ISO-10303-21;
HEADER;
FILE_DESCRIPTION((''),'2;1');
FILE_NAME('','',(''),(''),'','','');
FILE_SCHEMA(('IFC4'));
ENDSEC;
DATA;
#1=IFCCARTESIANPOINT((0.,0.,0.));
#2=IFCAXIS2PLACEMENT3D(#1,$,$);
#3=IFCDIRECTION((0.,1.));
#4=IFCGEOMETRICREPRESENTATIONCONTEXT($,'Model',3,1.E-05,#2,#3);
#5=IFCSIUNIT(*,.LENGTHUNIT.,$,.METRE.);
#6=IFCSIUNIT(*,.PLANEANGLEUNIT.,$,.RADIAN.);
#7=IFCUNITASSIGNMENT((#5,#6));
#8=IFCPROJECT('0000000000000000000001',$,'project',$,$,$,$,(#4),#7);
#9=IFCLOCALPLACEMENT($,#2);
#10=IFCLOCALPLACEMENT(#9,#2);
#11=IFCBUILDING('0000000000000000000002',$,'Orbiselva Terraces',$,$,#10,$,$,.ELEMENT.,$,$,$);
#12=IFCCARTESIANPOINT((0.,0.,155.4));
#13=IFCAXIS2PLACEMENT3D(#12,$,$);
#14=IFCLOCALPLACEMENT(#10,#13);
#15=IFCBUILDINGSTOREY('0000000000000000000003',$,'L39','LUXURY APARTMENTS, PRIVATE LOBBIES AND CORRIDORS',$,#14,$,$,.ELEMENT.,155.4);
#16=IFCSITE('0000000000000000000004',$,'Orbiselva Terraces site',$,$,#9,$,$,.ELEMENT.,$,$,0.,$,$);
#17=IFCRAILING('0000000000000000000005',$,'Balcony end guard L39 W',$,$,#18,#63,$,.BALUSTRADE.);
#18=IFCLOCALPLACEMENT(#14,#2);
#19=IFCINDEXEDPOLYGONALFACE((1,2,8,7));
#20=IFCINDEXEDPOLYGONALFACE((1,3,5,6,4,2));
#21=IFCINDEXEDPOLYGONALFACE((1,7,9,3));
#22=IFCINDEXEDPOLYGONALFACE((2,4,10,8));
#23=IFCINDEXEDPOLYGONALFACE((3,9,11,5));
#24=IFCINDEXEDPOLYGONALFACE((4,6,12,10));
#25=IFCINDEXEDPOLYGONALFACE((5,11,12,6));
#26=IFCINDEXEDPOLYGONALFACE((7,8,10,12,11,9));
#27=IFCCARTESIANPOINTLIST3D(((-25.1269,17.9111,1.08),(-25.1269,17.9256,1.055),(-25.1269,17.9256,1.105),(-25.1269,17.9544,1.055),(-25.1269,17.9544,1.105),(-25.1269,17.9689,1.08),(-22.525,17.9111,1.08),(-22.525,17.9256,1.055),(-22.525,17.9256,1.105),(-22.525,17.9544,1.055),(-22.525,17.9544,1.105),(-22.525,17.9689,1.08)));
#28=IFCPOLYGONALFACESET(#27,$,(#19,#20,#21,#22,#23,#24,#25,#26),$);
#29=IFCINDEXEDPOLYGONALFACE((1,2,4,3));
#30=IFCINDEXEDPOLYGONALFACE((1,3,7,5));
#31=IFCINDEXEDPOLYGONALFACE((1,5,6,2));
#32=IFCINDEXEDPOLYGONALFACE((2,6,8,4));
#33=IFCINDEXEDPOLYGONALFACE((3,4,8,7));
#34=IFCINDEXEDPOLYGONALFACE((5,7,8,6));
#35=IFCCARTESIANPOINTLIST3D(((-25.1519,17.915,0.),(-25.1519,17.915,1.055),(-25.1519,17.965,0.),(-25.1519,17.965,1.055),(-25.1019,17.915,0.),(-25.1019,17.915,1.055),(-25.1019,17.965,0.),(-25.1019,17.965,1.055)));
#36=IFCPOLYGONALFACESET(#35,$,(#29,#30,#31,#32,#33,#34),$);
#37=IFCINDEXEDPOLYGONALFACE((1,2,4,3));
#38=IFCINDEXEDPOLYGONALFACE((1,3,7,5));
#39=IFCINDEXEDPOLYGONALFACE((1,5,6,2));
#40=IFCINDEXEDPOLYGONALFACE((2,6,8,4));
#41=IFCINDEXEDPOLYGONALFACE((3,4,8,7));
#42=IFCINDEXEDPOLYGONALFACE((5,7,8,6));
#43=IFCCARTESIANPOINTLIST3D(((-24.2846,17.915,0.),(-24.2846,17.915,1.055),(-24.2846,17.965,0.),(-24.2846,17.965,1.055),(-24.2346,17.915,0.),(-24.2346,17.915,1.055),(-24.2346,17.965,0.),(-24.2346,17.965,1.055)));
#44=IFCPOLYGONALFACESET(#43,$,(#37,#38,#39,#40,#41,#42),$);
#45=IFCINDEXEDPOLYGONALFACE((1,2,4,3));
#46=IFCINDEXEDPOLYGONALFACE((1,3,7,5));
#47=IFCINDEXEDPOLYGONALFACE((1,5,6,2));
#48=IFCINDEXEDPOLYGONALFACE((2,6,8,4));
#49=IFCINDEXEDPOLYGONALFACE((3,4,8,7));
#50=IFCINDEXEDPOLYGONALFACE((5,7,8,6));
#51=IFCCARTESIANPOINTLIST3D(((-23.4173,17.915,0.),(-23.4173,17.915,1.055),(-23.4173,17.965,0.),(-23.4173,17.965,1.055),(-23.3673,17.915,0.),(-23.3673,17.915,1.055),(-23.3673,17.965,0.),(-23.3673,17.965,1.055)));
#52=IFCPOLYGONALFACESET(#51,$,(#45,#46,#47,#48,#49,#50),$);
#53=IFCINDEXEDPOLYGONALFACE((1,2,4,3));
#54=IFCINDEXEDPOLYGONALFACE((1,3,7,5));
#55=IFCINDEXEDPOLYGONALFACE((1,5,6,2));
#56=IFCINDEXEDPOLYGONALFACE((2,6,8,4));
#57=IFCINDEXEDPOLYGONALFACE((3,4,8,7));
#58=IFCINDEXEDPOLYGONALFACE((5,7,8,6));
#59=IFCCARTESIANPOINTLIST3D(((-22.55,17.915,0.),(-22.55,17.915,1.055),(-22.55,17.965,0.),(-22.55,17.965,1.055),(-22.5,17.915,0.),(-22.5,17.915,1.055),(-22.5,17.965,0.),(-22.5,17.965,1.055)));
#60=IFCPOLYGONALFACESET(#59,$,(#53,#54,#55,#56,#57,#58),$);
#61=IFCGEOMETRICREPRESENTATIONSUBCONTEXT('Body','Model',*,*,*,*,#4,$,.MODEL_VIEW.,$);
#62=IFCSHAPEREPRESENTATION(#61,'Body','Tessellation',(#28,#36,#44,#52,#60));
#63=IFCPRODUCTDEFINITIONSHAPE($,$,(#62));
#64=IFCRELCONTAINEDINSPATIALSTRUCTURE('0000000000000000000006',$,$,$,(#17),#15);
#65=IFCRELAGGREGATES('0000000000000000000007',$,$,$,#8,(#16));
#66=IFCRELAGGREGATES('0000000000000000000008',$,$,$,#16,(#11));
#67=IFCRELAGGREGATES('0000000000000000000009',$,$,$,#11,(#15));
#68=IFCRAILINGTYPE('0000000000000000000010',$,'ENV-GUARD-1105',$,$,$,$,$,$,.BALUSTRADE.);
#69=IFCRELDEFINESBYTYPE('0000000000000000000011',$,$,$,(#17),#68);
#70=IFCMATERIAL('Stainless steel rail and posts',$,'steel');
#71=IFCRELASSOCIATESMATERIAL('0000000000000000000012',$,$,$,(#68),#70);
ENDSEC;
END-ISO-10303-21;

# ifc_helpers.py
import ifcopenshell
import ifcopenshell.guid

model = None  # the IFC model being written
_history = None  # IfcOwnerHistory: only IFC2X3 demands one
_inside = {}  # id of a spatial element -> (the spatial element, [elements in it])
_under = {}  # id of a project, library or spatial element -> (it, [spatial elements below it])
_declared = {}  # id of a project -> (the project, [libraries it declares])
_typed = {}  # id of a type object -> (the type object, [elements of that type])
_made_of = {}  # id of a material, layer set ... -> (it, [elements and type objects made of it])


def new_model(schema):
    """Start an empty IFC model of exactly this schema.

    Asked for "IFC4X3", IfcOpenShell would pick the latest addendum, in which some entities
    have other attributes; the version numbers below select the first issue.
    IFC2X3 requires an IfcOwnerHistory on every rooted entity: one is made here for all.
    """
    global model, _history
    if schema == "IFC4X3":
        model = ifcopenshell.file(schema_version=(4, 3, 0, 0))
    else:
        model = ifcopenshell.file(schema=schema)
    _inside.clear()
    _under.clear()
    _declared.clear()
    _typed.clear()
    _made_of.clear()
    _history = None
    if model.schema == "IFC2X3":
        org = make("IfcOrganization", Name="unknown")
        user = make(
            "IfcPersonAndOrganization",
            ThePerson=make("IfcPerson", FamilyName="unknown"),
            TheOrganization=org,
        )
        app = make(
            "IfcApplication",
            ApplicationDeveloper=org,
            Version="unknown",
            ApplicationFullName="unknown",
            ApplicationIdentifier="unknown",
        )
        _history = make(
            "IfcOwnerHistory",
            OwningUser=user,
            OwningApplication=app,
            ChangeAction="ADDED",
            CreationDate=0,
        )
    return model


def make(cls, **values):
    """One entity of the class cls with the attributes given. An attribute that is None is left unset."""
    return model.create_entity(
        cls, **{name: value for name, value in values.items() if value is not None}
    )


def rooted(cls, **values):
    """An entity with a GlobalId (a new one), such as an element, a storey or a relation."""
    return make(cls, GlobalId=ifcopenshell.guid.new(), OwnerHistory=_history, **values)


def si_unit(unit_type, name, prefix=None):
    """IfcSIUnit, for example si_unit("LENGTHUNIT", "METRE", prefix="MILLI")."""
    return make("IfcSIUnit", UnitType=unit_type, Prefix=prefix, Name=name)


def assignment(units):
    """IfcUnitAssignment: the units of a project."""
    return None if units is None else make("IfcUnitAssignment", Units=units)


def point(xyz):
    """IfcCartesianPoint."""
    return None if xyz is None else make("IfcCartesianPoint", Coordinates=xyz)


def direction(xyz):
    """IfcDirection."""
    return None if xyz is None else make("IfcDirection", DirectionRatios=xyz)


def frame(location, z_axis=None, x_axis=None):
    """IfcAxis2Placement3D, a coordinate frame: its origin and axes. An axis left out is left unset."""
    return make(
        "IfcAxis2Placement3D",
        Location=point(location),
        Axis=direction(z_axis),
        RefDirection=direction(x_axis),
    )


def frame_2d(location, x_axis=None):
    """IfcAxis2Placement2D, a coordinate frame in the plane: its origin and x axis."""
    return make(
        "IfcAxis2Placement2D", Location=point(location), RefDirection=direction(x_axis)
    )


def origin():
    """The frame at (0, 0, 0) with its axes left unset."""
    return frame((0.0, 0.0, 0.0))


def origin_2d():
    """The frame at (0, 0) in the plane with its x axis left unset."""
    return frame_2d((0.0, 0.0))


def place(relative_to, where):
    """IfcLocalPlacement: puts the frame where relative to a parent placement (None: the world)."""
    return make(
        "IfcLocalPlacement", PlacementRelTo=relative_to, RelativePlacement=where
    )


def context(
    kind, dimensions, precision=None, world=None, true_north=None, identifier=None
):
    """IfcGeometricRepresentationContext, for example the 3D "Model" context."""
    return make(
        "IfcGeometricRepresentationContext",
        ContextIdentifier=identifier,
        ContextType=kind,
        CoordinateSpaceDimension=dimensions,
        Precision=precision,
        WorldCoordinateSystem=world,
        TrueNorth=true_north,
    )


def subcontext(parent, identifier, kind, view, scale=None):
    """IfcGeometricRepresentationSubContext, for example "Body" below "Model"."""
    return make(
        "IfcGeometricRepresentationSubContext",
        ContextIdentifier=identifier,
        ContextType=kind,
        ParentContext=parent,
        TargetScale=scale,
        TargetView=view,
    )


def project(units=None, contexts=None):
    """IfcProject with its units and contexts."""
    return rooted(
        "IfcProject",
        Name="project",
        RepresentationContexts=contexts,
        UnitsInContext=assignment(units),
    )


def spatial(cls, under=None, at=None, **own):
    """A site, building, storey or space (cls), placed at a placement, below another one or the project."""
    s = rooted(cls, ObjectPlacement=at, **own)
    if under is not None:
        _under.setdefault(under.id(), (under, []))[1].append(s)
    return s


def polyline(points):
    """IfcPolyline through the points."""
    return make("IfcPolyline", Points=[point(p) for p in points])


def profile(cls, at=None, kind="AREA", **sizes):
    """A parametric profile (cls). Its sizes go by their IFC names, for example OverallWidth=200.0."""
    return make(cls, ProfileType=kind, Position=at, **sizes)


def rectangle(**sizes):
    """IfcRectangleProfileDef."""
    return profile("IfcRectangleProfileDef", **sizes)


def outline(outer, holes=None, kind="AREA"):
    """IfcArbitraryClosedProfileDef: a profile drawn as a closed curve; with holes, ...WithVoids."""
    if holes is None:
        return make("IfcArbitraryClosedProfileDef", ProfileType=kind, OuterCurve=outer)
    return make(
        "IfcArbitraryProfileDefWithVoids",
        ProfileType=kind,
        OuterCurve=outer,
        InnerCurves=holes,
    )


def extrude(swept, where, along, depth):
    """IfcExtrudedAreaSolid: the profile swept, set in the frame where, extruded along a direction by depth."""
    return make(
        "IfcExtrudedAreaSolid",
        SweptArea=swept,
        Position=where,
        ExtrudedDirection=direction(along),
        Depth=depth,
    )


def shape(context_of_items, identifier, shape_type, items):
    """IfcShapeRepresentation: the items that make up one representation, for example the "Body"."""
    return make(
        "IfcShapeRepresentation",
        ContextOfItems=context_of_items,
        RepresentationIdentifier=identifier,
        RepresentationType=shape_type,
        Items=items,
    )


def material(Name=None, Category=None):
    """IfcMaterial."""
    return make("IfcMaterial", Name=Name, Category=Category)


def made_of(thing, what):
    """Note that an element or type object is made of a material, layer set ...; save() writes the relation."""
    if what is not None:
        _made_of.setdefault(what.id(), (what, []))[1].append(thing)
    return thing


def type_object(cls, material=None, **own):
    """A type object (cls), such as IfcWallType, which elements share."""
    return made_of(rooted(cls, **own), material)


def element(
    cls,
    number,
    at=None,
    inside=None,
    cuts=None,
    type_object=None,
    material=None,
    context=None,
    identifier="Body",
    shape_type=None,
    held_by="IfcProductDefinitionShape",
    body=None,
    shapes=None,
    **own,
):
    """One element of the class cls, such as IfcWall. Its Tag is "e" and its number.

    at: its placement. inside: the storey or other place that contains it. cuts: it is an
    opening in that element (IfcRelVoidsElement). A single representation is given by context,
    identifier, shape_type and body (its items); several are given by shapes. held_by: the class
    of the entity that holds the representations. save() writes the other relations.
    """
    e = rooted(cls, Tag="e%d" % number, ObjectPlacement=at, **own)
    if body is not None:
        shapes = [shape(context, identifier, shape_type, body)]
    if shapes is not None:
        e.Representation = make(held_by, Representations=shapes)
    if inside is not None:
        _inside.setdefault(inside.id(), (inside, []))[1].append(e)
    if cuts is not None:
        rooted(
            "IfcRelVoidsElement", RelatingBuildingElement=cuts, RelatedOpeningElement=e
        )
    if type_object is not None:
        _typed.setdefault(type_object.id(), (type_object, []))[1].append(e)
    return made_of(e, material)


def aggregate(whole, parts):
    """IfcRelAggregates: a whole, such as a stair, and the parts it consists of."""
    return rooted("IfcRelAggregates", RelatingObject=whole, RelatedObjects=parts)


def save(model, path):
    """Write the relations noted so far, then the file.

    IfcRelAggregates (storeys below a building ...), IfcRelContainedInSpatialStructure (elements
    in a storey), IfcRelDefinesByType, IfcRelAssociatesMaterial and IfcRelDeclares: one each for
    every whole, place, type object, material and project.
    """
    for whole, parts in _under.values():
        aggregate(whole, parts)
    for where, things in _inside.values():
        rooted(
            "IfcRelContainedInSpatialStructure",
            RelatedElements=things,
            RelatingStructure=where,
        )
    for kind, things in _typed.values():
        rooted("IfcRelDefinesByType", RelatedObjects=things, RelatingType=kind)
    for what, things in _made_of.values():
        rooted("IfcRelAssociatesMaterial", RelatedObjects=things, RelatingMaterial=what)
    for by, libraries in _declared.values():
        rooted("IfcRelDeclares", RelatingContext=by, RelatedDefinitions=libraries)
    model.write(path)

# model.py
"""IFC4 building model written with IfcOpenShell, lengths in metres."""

from ifc_helpers import new_model, si_unit, direction, frame, origin, origin_2d, place, context, subcontext, project, spatial, polyline, rectangle, outline, extrude, material, type_object, element, save


model = new_model("IFC4")

# Units and contexts
model_context = context("Model", 3, precision=1e-05, world=origin(), true_north=direction((0.0, 1.0)))
body_context = subcontext(model_context, "Body", "Model", "MODEL_VIEW")
ifc_project = project(units=[si_unit("LENGTHUNIT", "METRE"), si_unit("PLANEANGLEUNIT", "RADIAN")], contexts=[model_context])

# Site, building, storey
site_placement = place(None, origin())
site = spatial("IfcSite", under=ifc_project, at=site_placement, Name="Orbiselva Terraces site", CompositionType="ELEMENT", RefElevation=0.0)
building_placement = place(site_placement, origin())
building = spatial("IfcBuilding", under=site, at=building_placement, Name="Orbiselva Terraces", CompositionType="ELEMENT")
storey_placement = place(building_placement, frame((0.0, 0.0, 155.4)))
storey = spatial("IfcBuildingStorey", under=building, at=storey_placement, Name="L39", Description="LUXURY APARTMENTS, PRIVATE LOBBIES AND CORRIDORS", CompositionType="ELEMENT", Elevation=155.4)

# Railing
ifc_material_1 = material(Name="Stainless steel rail and posts", Category="steel")
railing_type_1 = type_object("IfcRailingType", Name="ENV-GUARD-1105", PredefinedType="BALUSTRADE", material=ifc_material_1)
railing_1_placement = place(storey_placement, frame((-25.1269, 17.94, 0.0)))
element("IfcRailing", 1, at=railing_1_placement, inside=storey, type_object=railing_type_1, Name="Balcony end guard L39 W", PredefinedType="BALUSTRADE", context=body_context, shape_type="SweptSolid", body=[
    extrude(outline(polyline([(0.0289, 0.0), (0.0144, 0.025), (-0.0144, 0.025), (-0.0289, 0.0), (-0.0144, -0.025), (0.0144, -0.025), (0.0289, 0.0)])), frame((0.0, 0.0, 1.08), z_axis=(1.0, 0.0, 0.0), x_axis=(0.0, 1.0, 0.0)), (0.0, 0.0, 1.0), 2.6019),
    extrude(rectangle(XDim=0.05, YDim=0.05, at=origin_2d()), origin(), (0.0, 0.0, 1.0), 1.055),
    extrude(rectangle(XDim=0.05, YDim=0.05, at=origin_2d()), frame((0.8673, 0.0, 0.0)), (0.0, 0.0, 1.0), 1.055),
    extrude(rectangle(XDim=0.05, YDim=0.05, at=origin_2d()), frame((1.7346, 0.0, 0.0)), (0.0, 0.0, 1.0), 1.055),
    extrude(rectangle(XDim=0.05, YDim=0.05, at=origin_2d()), frame((2.6019, 0.0, 0.0)), (0.0, 0.0, 1.0), 1.055),
])

save(model, "model.ifc")
